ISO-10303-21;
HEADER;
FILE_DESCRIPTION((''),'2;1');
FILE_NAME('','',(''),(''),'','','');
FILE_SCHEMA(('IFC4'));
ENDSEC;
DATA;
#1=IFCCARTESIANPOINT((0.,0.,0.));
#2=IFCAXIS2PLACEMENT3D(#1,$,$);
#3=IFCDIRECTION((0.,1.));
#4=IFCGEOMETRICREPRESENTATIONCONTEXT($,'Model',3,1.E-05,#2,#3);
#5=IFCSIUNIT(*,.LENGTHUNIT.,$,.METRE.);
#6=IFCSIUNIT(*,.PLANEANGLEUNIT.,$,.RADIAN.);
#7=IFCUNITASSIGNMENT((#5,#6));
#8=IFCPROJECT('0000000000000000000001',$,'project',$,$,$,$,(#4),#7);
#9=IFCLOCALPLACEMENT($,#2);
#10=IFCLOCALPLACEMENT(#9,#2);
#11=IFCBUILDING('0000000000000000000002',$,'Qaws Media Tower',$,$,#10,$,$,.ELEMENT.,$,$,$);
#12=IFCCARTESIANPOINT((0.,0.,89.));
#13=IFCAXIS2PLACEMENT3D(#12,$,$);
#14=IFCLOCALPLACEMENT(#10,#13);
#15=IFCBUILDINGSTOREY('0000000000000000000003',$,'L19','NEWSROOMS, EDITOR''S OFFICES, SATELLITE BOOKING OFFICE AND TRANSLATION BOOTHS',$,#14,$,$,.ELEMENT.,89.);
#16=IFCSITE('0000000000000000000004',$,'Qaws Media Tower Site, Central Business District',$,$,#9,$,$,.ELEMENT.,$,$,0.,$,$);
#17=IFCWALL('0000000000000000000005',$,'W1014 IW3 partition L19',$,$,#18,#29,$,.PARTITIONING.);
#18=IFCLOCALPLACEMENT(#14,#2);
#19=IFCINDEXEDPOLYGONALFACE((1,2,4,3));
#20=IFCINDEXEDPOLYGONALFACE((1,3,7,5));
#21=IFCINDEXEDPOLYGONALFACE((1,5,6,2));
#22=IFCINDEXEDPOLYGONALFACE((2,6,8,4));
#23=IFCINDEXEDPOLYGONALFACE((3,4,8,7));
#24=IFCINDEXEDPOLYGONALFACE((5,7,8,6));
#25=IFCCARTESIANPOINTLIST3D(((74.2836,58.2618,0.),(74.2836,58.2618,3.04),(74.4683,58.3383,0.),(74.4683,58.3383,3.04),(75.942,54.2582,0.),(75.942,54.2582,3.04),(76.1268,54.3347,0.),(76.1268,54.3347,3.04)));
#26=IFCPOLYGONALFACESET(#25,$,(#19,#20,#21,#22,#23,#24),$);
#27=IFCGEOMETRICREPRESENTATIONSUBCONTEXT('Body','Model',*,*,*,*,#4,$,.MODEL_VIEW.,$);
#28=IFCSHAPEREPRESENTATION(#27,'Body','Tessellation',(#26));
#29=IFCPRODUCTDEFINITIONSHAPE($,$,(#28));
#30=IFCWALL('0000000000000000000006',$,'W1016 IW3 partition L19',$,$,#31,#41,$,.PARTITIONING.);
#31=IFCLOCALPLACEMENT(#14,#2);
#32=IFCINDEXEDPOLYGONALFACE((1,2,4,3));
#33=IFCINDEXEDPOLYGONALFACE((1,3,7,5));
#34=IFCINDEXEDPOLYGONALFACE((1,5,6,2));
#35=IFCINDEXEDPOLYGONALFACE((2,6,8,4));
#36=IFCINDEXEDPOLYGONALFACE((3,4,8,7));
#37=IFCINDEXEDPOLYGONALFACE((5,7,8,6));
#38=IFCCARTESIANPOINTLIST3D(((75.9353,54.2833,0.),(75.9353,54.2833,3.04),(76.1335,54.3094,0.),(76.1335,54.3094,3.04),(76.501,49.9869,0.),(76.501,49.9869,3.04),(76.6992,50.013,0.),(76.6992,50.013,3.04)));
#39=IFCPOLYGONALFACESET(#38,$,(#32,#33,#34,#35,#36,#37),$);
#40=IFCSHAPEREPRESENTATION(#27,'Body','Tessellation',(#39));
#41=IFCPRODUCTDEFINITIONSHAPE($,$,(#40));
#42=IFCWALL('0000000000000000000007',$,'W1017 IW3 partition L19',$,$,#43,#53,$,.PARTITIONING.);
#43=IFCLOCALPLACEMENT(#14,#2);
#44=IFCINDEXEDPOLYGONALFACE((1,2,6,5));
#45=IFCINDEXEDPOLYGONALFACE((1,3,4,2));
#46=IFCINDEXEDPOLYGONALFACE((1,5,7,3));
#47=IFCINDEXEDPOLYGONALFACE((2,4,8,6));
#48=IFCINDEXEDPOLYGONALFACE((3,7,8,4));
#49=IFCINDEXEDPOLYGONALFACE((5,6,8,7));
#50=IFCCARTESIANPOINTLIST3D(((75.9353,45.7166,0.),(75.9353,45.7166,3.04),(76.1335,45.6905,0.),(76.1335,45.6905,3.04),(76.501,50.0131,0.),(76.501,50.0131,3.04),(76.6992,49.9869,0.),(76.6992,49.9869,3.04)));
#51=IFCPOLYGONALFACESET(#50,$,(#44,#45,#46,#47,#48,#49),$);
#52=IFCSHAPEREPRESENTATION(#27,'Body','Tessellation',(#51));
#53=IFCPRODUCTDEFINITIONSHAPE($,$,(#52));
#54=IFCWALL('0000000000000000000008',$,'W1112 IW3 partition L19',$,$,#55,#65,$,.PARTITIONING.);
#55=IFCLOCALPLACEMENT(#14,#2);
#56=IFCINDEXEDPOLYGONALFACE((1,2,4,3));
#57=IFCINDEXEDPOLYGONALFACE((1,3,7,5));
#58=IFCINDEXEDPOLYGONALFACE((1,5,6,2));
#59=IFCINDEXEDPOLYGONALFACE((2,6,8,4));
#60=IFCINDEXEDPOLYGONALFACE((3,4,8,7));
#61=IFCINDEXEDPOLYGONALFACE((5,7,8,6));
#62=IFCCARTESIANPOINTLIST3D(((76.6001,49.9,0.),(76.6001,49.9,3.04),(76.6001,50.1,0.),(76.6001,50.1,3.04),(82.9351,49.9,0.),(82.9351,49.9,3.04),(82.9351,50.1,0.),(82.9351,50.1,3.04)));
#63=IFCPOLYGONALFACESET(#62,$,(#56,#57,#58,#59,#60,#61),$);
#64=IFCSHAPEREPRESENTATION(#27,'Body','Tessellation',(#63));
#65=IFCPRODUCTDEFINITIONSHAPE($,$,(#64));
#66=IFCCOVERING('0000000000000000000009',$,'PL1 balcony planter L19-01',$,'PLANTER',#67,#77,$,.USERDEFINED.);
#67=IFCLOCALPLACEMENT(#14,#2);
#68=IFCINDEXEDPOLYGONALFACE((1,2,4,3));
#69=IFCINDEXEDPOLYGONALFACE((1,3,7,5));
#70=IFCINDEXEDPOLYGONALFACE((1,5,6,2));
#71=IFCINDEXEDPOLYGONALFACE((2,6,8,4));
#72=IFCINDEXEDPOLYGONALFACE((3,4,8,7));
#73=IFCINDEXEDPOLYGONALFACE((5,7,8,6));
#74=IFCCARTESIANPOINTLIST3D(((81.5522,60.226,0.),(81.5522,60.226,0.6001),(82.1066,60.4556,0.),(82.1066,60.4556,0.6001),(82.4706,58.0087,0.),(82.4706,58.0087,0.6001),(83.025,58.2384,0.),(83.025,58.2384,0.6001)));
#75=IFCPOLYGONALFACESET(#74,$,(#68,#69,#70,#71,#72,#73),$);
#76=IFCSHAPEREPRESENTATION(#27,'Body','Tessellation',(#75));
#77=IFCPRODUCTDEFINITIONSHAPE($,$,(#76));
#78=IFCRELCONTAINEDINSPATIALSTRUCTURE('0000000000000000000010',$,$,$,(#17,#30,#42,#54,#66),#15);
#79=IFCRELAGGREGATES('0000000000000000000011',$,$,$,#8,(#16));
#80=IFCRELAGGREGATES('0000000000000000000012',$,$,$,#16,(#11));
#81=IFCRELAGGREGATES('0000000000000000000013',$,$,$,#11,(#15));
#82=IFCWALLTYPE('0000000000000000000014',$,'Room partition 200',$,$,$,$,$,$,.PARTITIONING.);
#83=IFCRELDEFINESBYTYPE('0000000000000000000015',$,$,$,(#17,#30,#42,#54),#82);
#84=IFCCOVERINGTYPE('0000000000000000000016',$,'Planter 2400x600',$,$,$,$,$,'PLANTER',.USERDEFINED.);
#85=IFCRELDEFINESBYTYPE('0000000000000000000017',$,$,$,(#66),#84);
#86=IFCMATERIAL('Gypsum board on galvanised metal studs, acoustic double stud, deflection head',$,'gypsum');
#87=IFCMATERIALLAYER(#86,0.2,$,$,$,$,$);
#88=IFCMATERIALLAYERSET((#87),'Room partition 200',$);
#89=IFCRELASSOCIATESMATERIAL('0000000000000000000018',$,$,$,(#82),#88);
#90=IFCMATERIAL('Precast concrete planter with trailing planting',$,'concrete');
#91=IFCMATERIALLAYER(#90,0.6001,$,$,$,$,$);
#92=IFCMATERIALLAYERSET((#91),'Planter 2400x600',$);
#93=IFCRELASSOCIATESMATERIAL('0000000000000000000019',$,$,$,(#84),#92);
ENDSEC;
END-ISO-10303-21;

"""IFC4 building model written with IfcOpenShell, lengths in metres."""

from ifc_helpers import new_model, si_unit, direction, frame, frame_2d, origin, origin_2d, place, context, subcontext, project, spatial, rectangle, extrude, material, layer, layer_set, type_object, element, save


model = new_model("IFC4")

# Units and contexts
model_context = context("Model", 3, precision=1e-05, world=origin(), true_north=direction((0.0, 1.0)))
body_context = subcontext(model_context, "Body", "Model", "MODEL_VIEW")
ifc_project = project(units=[si_unit("LENGTHUNIT", "METRE"), si_unit("PLANEANGLEUNIT", "RADIAN")], contexts=[model_context])

# Site, building, storey
site_placement = place(None, origin())
site = spatial("IfcSite", under=ifc_project, at=site_placement, Name="Qaws Media Tower Site, Central Business District", CompositionType="ELEMENT", RefElevation=0.0)
building_placement = place(site_placement, origin())
building = spatial("IfcBuilding", under=site, at=building_placement, Name="Qaws Media Tower", CompositionType="ELEMENT")
storey_placement = place(building_placement, frame((0.0, 0.0, 89.0)))
storey = spatial("IfcBuildingStorey", under=building, at=storey_placement, Name="L19", Description="NEWSROOMS, EDITOR'S OFFICES, SATELLITE BOOKING OFFICE AND TRANSLATION BOOTHS", CompositionType="ELEMENT", Elevation=89.0)

# Walls
ifc_material_1 = material(Name="Gypsum board on galvanised metal studs, acoustic double stud, deflection head", Category="gypsum")
ifc_layer_1 = layer(ifc_material_1, 0.2)
ifc_layer_set_1 = layer_set([ifc_layer_1], Name="Room partition 200")
wall_type_1 = type_object("IfcWallType", Name="Room partition 200", PredefinedType="PARTITIONING", material=ifc_layer_set_1)
for number, where, z_axis, x_axis, name in (
    (1, (74.376, 58.3, 0.0), (0.0, 0.0, 1.0), (0.382698, -0.923873, 0.0), "W1014 IW3 partition L19"),
    (2, (76.0344, 54.2964, 0.0), (0.0, 0.0, 1.0), (0.130536, -0.991444, 0.0), "W1016 IW3 partition L19"),
    (3, (76.6001, 50.0, 0.0), (0.0, 0.0, 1.0), (-0.130536, -0.991444, 0.0), "W1017 IW3 partition L19"),
):
    element("IfcWall", number, at=place(storey_placement, frame(where, z_axis=z_axis, x_axis=x_axis)), inside=storey, type_object=wall_type_1, Name=name, PredefinedType="PARTITIONING", context=body_context, shape_type="SweptSolid", body=[
        extrude(rectangle(XDim=4.3335, YDim=0.2, at=frame_2d((2.1667, 0.0))), origin(), (0.0, 0.0, 1.0), 3.04),
    ])
wall_1_placement = place(storey_placement, frame((76.6001, 50.0, 0.0), z_axis=(0.0, 0.0, 1.0), x_axis=(1.0, 0.0, 0.0)))
element("IfcWall", 4, at=wall_1_placement, inside=storey, type_object=wall_type_1, Name="W1112 IW3 partition L19", PredefinedType="PARTITIONING", context=body_context, shape_type="SweptSolid", body=[
    extrude(rectangle(XDim=6.335, YDim=0.2, at=frame_2d((3.1675, 0.0))), origin(), (0.0, 0.0, 1.0), 3.04),
])

# Covering
ifc_material_2 = material(Name="Precast concrete planter with trailing planting", Category="concrete")
ifc_layer_2 = layer(ifc_material_2, 0.6001)
ifc_layer_set_2 = layer_set([ifc_layer_2], Name="Planter 2400x600")
covering_type = type_object("IfcCoveringType", Name="Planter 2400x600", ElementType="PLANTER", PredefinedType="USERDEFINED", material=ifc_layer_set_2)
covering_placement = place(storey_placement, frame((82.2886, 59.2322, 0.0), z_axis=(0.0, 0.0, 1.0), x_axis=(-0.382683, 0.92388, 0.0)))
element("IfcCovering", 5, at=covering_placement, inside=storey, type_object=covering_type, Name="PL1 balcony planter L19-01", ObjectType="PLANTER", PredefinedType="USERDEFINED", context=body_context, shape_type="SweptSolid", body=[
    extrude(rectangle(XDim=2.3999, YDim=0.6001, at=origin_2d()), origin(), (0.0, 0.0, 1.0), 0.6001),
])

save(model, "model.ifc")
